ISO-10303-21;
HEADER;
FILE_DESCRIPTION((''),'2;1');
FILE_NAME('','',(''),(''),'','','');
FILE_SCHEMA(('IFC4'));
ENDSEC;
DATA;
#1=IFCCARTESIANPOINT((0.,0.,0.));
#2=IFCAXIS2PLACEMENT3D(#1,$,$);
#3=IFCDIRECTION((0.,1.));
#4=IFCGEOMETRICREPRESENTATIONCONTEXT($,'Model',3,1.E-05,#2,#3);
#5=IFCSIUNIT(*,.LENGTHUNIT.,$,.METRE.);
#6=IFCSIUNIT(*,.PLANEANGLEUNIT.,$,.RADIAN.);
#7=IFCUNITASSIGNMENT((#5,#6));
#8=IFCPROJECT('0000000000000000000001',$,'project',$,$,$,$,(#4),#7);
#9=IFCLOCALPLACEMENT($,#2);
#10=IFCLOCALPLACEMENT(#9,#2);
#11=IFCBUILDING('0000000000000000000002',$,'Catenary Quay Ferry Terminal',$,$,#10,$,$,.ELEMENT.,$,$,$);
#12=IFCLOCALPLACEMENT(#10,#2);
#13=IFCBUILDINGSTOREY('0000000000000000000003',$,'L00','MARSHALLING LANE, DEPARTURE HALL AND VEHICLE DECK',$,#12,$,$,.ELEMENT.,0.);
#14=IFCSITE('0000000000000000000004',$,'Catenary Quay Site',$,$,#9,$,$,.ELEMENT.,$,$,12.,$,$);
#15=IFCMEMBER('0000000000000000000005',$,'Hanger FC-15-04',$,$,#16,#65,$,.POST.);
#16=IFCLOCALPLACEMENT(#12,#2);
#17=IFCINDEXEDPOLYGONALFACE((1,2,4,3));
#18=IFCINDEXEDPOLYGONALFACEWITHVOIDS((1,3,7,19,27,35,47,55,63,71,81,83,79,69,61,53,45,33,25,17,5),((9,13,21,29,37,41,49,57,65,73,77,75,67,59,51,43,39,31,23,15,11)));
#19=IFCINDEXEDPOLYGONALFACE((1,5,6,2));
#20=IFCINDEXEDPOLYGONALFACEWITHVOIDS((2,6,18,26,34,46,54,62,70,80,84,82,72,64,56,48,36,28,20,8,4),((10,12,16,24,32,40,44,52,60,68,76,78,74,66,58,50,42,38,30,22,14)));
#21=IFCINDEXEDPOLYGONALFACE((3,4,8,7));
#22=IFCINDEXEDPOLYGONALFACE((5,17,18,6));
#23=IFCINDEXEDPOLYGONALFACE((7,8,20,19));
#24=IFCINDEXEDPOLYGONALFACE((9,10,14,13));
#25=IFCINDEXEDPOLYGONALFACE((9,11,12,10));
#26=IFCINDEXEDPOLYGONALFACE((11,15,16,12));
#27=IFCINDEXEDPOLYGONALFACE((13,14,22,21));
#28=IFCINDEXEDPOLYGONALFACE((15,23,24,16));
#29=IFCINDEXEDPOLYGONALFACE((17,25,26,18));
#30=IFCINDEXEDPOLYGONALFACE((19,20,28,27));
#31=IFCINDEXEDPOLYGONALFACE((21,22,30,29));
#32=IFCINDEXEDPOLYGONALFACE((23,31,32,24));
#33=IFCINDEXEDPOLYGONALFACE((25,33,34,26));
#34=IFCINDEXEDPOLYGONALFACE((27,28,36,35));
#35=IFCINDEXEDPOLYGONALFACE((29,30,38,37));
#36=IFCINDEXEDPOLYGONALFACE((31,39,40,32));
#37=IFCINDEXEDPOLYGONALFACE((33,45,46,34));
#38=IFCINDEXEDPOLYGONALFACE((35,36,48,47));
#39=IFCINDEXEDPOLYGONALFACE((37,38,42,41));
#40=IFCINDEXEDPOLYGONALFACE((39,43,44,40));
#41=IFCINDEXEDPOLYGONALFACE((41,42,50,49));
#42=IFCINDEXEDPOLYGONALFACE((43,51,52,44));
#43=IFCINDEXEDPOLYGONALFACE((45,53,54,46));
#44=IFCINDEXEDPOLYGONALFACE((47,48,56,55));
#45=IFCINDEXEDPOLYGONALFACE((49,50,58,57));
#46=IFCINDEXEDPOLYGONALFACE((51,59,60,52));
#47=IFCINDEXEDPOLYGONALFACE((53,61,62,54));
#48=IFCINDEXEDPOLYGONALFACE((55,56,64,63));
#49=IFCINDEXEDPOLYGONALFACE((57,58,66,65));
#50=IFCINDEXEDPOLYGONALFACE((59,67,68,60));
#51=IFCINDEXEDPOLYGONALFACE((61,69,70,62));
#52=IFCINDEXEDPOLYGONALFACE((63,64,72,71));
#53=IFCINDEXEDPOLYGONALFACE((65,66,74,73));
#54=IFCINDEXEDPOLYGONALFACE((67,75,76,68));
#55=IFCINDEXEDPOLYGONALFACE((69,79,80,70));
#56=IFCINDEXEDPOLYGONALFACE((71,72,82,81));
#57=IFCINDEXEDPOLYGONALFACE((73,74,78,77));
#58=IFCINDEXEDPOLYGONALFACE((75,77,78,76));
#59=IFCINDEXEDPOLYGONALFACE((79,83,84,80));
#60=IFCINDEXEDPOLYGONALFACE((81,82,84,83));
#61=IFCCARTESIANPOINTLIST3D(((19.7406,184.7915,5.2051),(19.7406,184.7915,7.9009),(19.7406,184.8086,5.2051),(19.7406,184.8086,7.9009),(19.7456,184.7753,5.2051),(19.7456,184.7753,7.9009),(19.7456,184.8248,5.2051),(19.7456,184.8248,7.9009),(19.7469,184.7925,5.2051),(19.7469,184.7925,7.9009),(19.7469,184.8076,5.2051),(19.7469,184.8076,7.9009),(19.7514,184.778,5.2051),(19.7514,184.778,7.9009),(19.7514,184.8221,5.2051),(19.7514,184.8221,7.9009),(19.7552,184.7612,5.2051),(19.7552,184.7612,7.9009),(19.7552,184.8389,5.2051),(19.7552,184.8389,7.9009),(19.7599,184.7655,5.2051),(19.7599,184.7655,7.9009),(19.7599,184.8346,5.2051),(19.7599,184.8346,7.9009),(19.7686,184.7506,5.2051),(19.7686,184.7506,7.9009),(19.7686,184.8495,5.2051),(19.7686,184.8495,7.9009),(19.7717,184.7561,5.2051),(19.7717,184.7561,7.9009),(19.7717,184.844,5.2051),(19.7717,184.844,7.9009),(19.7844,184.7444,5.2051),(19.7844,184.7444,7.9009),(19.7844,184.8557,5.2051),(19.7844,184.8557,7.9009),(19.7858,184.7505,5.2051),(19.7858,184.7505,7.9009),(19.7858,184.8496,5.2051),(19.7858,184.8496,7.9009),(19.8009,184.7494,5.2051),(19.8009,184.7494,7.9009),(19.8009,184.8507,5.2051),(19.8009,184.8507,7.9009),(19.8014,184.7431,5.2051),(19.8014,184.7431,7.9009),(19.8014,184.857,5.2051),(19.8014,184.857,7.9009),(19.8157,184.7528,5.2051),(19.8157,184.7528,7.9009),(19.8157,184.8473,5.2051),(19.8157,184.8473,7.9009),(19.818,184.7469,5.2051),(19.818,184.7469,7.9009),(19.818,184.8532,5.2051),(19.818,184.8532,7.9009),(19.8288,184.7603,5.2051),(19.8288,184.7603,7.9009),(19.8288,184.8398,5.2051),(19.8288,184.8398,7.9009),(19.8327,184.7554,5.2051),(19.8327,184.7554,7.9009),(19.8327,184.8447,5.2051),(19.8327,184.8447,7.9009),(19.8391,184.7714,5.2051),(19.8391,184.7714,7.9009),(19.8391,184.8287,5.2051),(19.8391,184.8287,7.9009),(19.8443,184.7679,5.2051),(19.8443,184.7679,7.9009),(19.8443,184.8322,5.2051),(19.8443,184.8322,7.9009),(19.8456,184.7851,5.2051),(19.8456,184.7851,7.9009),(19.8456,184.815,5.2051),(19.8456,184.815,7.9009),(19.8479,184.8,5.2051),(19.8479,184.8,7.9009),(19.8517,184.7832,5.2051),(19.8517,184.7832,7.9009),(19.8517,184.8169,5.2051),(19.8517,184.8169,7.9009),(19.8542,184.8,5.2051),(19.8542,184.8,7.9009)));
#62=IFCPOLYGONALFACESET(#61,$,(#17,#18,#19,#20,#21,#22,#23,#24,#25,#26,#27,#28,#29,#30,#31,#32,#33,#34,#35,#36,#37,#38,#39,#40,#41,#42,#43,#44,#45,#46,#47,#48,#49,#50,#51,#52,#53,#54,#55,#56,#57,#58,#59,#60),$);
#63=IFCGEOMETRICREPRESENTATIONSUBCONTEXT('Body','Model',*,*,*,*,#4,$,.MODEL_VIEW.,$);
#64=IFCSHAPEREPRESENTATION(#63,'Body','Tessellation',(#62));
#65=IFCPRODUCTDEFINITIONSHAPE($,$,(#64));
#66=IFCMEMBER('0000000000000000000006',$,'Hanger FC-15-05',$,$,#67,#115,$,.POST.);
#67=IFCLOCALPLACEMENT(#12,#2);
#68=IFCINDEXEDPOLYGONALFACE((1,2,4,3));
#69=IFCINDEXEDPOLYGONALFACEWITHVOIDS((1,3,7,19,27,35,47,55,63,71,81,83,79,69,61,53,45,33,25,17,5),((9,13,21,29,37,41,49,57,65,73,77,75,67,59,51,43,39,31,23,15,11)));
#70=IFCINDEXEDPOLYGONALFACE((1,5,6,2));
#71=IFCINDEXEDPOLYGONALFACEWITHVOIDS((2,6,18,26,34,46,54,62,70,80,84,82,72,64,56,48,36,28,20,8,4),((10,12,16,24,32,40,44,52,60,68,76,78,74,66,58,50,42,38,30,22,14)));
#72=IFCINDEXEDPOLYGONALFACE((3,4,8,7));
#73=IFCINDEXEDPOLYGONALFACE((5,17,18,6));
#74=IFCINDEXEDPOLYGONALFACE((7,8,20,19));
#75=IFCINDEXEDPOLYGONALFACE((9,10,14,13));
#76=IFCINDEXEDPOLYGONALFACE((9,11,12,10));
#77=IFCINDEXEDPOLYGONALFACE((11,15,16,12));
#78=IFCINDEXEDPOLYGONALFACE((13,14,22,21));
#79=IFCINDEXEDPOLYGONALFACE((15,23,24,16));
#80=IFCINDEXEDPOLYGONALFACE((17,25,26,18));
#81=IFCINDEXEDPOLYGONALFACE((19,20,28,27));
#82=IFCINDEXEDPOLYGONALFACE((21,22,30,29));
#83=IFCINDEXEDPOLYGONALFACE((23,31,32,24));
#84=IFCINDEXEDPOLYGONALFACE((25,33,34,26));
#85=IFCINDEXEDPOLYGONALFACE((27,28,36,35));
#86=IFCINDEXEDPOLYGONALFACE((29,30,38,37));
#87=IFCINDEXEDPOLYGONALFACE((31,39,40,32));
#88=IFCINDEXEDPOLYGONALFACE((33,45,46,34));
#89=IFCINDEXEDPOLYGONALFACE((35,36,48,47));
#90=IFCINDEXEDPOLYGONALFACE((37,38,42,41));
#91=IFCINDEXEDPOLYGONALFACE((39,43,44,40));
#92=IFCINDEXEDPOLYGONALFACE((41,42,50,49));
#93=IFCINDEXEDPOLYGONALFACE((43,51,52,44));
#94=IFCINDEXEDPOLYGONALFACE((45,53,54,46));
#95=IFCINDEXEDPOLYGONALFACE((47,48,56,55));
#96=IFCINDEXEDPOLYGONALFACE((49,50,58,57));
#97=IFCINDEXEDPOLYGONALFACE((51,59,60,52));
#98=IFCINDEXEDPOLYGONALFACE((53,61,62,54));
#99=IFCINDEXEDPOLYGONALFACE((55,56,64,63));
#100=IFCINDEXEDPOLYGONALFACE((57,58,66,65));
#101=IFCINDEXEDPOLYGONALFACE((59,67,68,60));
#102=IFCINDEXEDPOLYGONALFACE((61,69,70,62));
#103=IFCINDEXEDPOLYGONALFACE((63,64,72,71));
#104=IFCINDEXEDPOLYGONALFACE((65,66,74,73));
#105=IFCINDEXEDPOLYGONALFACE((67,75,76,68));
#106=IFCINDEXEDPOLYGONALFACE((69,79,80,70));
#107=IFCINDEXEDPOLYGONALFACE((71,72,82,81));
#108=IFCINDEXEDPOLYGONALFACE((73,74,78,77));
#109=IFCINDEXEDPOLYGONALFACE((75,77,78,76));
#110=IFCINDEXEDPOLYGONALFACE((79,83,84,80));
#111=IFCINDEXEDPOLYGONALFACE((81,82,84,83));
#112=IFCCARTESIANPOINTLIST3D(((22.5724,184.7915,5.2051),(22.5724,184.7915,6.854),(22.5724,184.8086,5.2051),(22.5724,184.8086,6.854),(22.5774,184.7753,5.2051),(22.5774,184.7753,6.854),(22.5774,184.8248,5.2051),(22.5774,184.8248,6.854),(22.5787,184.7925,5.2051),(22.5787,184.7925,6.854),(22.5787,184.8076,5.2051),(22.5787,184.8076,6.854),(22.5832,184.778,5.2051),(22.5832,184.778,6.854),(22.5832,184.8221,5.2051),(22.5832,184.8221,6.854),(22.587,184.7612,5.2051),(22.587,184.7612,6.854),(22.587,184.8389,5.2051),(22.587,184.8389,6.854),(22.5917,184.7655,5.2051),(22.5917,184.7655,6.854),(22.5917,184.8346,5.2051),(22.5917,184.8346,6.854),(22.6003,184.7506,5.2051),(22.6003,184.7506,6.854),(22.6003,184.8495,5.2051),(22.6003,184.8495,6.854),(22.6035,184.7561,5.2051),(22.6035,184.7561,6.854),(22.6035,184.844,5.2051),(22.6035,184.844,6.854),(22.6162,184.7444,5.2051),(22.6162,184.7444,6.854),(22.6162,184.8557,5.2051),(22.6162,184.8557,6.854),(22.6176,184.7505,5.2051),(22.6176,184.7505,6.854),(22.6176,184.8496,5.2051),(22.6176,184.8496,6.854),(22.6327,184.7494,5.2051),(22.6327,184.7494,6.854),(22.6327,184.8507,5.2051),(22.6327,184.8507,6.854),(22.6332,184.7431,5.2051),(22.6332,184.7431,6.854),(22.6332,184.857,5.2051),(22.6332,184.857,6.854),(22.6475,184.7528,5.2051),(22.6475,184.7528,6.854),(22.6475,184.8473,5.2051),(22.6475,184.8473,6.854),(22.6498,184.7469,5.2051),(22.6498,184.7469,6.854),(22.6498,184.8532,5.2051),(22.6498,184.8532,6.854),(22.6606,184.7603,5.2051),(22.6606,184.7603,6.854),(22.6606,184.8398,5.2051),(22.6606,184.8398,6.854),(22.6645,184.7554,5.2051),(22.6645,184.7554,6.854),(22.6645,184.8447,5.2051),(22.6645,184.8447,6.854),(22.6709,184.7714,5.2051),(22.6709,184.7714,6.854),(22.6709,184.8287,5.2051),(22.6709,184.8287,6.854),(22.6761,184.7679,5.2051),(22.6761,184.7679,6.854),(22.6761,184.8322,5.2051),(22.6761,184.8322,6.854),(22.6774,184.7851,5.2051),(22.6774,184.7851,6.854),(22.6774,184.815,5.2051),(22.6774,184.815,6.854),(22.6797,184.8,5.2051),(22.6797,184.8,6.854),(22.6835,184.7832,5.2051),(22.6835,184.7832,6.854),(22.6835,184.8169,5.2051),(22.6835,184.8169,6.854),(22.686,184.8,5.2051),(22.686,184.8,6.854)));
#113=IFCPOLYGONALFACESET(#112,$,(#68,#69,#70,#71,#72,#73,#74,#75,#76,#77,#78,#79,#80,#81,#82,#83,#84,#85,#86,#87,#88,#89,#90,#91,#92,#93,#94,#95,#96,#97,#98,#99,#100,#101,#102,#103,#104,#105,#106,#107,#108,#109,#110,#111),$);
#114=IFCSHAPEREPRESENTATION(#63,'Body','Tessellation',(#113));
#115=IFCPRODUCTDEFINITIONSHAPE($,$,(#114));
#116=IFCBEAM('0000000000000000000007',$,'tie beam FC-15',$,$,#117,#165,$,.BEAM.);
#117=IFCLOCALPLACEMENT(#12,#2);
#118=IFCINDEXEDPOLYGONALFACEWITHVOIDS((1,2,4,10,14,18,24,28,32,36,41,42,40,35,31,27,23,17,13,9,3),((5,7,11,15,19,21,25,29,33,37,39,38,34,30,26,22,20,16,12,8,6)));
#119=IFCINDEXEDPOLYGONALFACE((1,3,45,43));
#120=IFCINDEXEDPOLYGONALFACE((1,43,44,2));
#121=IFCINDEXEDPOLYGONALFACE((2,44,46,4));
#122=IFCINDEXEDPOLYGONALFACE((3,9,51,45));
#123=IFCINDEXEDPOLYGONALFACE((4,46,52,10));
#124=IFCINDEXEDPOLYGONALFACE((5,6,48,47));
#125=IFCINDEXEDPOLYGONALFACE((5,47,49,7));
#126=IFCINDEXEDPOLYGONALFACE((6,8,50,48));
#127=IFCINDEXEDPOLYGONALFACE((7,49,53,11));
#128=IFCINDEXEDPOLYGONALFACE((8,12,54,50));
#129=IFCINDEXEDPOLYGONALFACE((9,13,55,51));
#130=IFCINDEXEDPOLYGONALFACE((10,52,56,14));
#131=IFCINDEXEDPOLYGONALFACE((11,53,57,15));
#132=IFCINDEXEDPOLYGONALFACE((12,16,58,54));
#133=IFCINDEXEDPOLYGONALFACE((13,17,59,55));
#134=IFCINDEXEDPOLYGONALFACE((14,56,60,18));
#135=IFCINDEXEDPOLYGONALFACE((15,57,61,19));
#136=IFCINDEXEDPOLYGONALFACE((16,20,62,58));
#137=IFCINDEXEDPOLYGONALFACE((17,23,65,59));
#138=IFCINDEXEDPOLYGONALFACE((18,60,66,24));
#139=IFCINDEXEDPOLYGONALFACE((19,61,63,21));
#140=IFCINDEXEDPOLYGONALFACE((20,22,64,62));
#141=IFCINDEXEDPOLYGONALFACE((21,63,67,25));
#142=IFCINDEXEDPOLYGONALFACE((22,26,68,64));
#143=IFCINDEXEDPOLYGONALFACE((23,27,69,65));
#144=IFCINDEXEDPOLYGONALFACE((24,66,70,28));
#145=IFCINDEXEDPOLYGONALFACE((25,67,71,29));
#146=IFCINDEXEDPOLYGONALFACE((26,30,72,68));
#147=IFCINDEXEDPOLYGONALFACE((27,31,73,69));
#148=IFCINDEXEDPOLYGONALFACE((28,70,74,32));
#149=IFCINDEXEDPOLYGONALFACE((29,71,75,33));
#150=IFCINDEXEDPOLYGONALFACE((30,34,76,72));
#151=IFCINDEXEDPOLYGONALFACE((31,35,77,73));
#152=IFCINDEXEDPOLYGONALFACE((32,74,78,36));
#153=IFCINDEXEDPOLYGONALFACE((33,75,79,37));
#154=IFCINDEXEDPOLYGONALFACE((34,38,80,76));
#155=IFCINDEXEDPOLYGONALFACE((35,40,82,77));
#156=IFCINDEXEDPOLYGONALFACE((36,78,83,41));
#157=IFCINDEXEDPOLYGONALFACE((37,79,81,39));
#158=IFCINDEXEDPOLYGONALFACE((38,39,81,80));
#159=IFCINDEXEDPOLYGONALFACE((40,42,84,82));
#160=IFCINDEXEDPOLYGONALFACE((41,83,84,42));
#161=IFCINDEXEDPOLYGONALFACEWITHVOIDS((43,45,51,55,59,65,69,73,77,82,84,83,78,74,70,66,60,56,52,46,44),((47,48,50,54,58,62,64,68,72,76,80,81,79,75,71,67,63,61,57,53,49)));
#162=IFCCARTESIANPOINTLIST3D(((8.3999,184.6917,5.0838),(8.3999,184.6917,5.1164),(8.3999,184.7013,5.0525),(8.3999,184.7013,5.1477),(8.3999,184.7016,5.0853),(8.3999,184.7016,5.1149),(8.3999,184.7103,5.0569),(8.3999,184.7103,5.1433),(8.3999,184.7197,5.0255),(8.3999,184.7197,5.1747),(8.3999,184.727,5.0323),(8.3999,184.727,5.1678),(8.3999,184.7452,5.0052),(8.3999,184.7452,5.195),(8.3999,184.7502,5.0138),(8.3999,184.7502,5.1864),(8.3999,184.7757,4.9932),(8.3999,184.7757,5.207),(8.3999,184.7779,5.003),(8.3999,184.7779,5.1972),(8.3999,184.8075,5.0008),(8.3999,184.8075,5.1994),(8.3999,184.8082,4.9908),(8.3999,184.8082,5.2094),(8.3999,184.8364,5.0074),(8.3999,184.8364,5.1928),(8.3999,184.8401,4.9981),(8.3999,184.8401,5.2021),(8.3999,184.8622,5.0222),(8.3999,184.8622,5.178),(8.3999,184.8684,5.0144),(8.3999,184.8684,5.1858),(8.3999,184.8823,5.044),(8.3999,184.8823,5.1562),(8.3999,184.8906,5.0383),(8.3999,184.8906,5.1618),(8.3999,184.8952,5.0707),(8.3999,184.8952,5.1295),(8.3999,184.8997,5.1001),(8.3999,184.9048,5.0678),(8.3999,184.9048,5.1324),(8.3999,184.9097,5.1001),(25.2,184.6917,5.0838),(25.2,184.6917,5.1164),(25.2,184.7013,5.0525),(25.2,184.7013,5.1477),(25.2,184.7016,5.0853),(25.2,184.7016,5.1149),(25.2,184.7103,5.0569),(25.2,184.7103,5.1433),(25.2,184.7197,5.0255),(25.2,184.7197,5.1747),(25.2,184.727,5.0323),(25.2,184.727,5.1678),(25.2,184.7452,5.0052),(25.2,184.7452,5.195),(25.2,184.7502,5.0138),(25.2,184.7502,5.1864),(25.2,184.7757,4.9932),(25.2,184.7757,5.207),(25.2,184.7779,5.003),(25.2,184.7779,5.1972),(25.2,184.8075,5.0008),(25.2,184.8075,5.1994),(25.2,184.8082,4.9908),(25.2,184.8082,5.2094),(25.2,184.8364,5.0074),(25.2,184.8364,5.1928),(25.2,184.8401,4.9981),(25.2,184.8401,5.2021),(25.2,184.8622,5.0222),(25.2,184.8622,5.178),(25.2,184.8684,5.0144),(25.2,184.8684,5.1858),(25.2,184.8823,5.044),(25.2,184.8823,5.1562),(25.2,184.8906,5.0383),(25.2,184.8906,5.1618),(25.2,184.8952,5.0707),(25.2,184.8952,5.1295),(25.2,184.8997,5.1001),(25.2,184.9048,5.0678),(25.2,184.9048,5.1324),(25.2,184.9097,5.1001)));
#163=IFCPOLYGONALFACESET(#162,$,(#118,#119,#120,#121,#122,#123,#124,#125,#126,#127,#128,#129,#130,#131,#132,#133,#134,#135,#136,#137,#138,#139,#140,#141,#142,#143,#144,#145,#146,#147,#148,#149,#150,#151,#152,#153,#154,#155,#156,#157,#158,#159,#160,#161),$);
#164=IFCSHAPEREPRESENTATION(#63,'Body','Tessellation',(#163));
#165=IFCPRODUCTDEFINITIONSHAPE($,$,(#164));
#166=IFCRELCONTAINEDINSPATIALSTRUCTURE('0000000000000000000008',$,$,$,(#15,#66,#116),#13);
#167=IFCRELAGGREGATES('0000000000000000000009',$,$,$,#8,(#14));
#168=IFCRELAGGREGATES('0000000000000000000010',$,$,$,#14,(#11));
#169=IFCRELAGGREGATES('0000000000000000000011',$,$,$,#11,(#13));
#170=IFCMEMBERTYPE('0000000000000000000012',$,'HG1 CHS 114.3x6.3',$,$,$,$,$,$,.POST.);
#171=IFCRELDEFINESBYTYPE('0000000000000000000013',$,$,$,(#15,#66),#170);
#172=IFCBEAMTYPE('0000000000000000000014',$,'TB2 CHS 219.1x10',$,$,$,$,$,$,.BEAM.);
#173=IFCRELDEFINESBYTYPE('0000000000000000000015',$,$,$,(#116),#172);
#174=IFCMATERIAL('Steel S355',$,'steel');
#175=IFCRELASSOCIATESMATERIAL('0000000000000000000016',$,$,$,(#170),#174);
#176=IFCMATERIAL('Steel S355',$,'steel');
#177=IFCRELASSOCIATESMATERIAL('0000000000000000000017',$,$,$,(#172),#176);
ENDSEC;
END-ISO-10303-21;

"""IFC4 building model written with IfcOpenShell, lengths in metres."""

from ifc_helpers import new_model, si_unit, direction, frame, origin, origin_2d, place, context, subcontext, project, spatial, hollow_circle, extrude, material, material_profile, profile_set, type_object, element, save


model = new_model("IFC4")

# Units and contexts
model_context = context("Model", 3, precision=1e-05, world=origin(), true_north=direction((0.0, 1.0)))
body_context = subcontext(model_context, "Body", "Model", "MODEL_VIEW")
ifc_project = project(units=[si_unit("LENGTHUNIT", "METRE"), si_unit("PLANEANGLEUNIT", "RADIAN")], contexts=[model_context])

# Site, building, storey
site_placement = place(None, origin())
site = spatial("IfcSite", under=ifc_project, at=site_placement, Name="Catenary Quay Site", CompositionType="ELEMENT", RefElevation=12.0)
building_placement = place(site_placement, origin())
building = spatial("IfcBuilding", under=site, at=building_placement, Name="Catenary Quay Ferry Terminal", CompositionType="ELEMENT")
storey_placement = place(building_placement, origin())
storey = spatial("IfcBuildingStorey", under=building, at=storey_placement, Name="L00", Description="MARSHALLING LANE, DEPARTURE HALL AND VEHICLE DECK", CompositionType="ELEMENT", Elevation=0.0)

# Members
ifc_material_1 = material(Name="Steel S355", Category="steel")
ifc_material_profile_1 = material_profile(ifc_material_1, hollow_circle(Radius=0.0571, WallThickness=0.0063, at=origin_2d()), Name="CHS 114.3x6.3")
ifc_profile_set_1 = profile_set([ifc_material_profile_1], Name="Steel S355")
member_type_1 = type_object("IfcMemberType", Name="HG1 CHS 114.3x6.3", PredefinedType="POST", material=ifc_profile_set_1)
member_1_placement = place(storey_placement, frame((19.7971, 184.8, 5.2051), z_axis=(0.0, 0.0, 1.0), x_axis=(1.0, 0.0, 0.0)))
element("IfcMember", 1, at=member_1_placement, inside=storey, type_object=member_type_1, Name="Hanger FC-15-04", PredefinedType="POST", context=body_context, shape_type="SweptSolid", body=[
    extrude(hollow_circle(Radius=0.0571, WallThickness=0.0063, at=origin_2d()), origin(), (0.0, 0.0, 1.0), 2.6958),
])
member_2_placement = place(storey_placement, frame((22.6289, 184.8, 5.2051), z_axis=(0.0, 0.0, 1.0), x_axis=(1.0, 0.0, 0.0)))
element("IfcMember", 2, at=member_2_placement, inside=storey, type_object=member_type_1, Name="Hanger FC-15-05", PredefinedType="POST", context=body_context, shape_type="SweptSolid", body=[
    extrude(hollow_circle(Radius=0.0571, WallThickness=0.0063, at=origin_2d()), origin(), (0.0, 0.0, 1.0), 1.6489),
])

# Beam
ifc_material_2 = material(Name="Steel S355", Category="steel")
ifc_material_profile_2 = material_profile(ifc_material_2, hollow_circle(Radius=0.1096, WallThickness=0.01, at=origin_2d()), Name="CHS 219.1x10")
ifc_profile_set_2 = profile_set([ifc_material_profile_2], Name="Steel S355")
beam_type_1 = type_object("IfcBeamType", Name="TB2 CHS 219.1x10", PredefinedType="BEAM", material=ifc_profile_set_2)
beam_1_placement = place(storey_placement, frame((8.3999, 184.8, 5.1001), z_axis=(1.0, 0.0, 0.0), x_axis=(0.0, 1.0, 0.0)))
element("IfcBeam", 3, at=beam_1_placement, inside=storey, type_object=beam_type_1, Name="tie beam FC-15", PredefinedType="BEAM", context=body_context, shape_type="SweptSolid", body=[
    extrude(hollow_circle(Radius=0.1096, WallThickness=0.01, at=origin_2d()), origin(), (0.0, 0.0, 1.0), 16.8),
])

save(model, "model.ifc")
